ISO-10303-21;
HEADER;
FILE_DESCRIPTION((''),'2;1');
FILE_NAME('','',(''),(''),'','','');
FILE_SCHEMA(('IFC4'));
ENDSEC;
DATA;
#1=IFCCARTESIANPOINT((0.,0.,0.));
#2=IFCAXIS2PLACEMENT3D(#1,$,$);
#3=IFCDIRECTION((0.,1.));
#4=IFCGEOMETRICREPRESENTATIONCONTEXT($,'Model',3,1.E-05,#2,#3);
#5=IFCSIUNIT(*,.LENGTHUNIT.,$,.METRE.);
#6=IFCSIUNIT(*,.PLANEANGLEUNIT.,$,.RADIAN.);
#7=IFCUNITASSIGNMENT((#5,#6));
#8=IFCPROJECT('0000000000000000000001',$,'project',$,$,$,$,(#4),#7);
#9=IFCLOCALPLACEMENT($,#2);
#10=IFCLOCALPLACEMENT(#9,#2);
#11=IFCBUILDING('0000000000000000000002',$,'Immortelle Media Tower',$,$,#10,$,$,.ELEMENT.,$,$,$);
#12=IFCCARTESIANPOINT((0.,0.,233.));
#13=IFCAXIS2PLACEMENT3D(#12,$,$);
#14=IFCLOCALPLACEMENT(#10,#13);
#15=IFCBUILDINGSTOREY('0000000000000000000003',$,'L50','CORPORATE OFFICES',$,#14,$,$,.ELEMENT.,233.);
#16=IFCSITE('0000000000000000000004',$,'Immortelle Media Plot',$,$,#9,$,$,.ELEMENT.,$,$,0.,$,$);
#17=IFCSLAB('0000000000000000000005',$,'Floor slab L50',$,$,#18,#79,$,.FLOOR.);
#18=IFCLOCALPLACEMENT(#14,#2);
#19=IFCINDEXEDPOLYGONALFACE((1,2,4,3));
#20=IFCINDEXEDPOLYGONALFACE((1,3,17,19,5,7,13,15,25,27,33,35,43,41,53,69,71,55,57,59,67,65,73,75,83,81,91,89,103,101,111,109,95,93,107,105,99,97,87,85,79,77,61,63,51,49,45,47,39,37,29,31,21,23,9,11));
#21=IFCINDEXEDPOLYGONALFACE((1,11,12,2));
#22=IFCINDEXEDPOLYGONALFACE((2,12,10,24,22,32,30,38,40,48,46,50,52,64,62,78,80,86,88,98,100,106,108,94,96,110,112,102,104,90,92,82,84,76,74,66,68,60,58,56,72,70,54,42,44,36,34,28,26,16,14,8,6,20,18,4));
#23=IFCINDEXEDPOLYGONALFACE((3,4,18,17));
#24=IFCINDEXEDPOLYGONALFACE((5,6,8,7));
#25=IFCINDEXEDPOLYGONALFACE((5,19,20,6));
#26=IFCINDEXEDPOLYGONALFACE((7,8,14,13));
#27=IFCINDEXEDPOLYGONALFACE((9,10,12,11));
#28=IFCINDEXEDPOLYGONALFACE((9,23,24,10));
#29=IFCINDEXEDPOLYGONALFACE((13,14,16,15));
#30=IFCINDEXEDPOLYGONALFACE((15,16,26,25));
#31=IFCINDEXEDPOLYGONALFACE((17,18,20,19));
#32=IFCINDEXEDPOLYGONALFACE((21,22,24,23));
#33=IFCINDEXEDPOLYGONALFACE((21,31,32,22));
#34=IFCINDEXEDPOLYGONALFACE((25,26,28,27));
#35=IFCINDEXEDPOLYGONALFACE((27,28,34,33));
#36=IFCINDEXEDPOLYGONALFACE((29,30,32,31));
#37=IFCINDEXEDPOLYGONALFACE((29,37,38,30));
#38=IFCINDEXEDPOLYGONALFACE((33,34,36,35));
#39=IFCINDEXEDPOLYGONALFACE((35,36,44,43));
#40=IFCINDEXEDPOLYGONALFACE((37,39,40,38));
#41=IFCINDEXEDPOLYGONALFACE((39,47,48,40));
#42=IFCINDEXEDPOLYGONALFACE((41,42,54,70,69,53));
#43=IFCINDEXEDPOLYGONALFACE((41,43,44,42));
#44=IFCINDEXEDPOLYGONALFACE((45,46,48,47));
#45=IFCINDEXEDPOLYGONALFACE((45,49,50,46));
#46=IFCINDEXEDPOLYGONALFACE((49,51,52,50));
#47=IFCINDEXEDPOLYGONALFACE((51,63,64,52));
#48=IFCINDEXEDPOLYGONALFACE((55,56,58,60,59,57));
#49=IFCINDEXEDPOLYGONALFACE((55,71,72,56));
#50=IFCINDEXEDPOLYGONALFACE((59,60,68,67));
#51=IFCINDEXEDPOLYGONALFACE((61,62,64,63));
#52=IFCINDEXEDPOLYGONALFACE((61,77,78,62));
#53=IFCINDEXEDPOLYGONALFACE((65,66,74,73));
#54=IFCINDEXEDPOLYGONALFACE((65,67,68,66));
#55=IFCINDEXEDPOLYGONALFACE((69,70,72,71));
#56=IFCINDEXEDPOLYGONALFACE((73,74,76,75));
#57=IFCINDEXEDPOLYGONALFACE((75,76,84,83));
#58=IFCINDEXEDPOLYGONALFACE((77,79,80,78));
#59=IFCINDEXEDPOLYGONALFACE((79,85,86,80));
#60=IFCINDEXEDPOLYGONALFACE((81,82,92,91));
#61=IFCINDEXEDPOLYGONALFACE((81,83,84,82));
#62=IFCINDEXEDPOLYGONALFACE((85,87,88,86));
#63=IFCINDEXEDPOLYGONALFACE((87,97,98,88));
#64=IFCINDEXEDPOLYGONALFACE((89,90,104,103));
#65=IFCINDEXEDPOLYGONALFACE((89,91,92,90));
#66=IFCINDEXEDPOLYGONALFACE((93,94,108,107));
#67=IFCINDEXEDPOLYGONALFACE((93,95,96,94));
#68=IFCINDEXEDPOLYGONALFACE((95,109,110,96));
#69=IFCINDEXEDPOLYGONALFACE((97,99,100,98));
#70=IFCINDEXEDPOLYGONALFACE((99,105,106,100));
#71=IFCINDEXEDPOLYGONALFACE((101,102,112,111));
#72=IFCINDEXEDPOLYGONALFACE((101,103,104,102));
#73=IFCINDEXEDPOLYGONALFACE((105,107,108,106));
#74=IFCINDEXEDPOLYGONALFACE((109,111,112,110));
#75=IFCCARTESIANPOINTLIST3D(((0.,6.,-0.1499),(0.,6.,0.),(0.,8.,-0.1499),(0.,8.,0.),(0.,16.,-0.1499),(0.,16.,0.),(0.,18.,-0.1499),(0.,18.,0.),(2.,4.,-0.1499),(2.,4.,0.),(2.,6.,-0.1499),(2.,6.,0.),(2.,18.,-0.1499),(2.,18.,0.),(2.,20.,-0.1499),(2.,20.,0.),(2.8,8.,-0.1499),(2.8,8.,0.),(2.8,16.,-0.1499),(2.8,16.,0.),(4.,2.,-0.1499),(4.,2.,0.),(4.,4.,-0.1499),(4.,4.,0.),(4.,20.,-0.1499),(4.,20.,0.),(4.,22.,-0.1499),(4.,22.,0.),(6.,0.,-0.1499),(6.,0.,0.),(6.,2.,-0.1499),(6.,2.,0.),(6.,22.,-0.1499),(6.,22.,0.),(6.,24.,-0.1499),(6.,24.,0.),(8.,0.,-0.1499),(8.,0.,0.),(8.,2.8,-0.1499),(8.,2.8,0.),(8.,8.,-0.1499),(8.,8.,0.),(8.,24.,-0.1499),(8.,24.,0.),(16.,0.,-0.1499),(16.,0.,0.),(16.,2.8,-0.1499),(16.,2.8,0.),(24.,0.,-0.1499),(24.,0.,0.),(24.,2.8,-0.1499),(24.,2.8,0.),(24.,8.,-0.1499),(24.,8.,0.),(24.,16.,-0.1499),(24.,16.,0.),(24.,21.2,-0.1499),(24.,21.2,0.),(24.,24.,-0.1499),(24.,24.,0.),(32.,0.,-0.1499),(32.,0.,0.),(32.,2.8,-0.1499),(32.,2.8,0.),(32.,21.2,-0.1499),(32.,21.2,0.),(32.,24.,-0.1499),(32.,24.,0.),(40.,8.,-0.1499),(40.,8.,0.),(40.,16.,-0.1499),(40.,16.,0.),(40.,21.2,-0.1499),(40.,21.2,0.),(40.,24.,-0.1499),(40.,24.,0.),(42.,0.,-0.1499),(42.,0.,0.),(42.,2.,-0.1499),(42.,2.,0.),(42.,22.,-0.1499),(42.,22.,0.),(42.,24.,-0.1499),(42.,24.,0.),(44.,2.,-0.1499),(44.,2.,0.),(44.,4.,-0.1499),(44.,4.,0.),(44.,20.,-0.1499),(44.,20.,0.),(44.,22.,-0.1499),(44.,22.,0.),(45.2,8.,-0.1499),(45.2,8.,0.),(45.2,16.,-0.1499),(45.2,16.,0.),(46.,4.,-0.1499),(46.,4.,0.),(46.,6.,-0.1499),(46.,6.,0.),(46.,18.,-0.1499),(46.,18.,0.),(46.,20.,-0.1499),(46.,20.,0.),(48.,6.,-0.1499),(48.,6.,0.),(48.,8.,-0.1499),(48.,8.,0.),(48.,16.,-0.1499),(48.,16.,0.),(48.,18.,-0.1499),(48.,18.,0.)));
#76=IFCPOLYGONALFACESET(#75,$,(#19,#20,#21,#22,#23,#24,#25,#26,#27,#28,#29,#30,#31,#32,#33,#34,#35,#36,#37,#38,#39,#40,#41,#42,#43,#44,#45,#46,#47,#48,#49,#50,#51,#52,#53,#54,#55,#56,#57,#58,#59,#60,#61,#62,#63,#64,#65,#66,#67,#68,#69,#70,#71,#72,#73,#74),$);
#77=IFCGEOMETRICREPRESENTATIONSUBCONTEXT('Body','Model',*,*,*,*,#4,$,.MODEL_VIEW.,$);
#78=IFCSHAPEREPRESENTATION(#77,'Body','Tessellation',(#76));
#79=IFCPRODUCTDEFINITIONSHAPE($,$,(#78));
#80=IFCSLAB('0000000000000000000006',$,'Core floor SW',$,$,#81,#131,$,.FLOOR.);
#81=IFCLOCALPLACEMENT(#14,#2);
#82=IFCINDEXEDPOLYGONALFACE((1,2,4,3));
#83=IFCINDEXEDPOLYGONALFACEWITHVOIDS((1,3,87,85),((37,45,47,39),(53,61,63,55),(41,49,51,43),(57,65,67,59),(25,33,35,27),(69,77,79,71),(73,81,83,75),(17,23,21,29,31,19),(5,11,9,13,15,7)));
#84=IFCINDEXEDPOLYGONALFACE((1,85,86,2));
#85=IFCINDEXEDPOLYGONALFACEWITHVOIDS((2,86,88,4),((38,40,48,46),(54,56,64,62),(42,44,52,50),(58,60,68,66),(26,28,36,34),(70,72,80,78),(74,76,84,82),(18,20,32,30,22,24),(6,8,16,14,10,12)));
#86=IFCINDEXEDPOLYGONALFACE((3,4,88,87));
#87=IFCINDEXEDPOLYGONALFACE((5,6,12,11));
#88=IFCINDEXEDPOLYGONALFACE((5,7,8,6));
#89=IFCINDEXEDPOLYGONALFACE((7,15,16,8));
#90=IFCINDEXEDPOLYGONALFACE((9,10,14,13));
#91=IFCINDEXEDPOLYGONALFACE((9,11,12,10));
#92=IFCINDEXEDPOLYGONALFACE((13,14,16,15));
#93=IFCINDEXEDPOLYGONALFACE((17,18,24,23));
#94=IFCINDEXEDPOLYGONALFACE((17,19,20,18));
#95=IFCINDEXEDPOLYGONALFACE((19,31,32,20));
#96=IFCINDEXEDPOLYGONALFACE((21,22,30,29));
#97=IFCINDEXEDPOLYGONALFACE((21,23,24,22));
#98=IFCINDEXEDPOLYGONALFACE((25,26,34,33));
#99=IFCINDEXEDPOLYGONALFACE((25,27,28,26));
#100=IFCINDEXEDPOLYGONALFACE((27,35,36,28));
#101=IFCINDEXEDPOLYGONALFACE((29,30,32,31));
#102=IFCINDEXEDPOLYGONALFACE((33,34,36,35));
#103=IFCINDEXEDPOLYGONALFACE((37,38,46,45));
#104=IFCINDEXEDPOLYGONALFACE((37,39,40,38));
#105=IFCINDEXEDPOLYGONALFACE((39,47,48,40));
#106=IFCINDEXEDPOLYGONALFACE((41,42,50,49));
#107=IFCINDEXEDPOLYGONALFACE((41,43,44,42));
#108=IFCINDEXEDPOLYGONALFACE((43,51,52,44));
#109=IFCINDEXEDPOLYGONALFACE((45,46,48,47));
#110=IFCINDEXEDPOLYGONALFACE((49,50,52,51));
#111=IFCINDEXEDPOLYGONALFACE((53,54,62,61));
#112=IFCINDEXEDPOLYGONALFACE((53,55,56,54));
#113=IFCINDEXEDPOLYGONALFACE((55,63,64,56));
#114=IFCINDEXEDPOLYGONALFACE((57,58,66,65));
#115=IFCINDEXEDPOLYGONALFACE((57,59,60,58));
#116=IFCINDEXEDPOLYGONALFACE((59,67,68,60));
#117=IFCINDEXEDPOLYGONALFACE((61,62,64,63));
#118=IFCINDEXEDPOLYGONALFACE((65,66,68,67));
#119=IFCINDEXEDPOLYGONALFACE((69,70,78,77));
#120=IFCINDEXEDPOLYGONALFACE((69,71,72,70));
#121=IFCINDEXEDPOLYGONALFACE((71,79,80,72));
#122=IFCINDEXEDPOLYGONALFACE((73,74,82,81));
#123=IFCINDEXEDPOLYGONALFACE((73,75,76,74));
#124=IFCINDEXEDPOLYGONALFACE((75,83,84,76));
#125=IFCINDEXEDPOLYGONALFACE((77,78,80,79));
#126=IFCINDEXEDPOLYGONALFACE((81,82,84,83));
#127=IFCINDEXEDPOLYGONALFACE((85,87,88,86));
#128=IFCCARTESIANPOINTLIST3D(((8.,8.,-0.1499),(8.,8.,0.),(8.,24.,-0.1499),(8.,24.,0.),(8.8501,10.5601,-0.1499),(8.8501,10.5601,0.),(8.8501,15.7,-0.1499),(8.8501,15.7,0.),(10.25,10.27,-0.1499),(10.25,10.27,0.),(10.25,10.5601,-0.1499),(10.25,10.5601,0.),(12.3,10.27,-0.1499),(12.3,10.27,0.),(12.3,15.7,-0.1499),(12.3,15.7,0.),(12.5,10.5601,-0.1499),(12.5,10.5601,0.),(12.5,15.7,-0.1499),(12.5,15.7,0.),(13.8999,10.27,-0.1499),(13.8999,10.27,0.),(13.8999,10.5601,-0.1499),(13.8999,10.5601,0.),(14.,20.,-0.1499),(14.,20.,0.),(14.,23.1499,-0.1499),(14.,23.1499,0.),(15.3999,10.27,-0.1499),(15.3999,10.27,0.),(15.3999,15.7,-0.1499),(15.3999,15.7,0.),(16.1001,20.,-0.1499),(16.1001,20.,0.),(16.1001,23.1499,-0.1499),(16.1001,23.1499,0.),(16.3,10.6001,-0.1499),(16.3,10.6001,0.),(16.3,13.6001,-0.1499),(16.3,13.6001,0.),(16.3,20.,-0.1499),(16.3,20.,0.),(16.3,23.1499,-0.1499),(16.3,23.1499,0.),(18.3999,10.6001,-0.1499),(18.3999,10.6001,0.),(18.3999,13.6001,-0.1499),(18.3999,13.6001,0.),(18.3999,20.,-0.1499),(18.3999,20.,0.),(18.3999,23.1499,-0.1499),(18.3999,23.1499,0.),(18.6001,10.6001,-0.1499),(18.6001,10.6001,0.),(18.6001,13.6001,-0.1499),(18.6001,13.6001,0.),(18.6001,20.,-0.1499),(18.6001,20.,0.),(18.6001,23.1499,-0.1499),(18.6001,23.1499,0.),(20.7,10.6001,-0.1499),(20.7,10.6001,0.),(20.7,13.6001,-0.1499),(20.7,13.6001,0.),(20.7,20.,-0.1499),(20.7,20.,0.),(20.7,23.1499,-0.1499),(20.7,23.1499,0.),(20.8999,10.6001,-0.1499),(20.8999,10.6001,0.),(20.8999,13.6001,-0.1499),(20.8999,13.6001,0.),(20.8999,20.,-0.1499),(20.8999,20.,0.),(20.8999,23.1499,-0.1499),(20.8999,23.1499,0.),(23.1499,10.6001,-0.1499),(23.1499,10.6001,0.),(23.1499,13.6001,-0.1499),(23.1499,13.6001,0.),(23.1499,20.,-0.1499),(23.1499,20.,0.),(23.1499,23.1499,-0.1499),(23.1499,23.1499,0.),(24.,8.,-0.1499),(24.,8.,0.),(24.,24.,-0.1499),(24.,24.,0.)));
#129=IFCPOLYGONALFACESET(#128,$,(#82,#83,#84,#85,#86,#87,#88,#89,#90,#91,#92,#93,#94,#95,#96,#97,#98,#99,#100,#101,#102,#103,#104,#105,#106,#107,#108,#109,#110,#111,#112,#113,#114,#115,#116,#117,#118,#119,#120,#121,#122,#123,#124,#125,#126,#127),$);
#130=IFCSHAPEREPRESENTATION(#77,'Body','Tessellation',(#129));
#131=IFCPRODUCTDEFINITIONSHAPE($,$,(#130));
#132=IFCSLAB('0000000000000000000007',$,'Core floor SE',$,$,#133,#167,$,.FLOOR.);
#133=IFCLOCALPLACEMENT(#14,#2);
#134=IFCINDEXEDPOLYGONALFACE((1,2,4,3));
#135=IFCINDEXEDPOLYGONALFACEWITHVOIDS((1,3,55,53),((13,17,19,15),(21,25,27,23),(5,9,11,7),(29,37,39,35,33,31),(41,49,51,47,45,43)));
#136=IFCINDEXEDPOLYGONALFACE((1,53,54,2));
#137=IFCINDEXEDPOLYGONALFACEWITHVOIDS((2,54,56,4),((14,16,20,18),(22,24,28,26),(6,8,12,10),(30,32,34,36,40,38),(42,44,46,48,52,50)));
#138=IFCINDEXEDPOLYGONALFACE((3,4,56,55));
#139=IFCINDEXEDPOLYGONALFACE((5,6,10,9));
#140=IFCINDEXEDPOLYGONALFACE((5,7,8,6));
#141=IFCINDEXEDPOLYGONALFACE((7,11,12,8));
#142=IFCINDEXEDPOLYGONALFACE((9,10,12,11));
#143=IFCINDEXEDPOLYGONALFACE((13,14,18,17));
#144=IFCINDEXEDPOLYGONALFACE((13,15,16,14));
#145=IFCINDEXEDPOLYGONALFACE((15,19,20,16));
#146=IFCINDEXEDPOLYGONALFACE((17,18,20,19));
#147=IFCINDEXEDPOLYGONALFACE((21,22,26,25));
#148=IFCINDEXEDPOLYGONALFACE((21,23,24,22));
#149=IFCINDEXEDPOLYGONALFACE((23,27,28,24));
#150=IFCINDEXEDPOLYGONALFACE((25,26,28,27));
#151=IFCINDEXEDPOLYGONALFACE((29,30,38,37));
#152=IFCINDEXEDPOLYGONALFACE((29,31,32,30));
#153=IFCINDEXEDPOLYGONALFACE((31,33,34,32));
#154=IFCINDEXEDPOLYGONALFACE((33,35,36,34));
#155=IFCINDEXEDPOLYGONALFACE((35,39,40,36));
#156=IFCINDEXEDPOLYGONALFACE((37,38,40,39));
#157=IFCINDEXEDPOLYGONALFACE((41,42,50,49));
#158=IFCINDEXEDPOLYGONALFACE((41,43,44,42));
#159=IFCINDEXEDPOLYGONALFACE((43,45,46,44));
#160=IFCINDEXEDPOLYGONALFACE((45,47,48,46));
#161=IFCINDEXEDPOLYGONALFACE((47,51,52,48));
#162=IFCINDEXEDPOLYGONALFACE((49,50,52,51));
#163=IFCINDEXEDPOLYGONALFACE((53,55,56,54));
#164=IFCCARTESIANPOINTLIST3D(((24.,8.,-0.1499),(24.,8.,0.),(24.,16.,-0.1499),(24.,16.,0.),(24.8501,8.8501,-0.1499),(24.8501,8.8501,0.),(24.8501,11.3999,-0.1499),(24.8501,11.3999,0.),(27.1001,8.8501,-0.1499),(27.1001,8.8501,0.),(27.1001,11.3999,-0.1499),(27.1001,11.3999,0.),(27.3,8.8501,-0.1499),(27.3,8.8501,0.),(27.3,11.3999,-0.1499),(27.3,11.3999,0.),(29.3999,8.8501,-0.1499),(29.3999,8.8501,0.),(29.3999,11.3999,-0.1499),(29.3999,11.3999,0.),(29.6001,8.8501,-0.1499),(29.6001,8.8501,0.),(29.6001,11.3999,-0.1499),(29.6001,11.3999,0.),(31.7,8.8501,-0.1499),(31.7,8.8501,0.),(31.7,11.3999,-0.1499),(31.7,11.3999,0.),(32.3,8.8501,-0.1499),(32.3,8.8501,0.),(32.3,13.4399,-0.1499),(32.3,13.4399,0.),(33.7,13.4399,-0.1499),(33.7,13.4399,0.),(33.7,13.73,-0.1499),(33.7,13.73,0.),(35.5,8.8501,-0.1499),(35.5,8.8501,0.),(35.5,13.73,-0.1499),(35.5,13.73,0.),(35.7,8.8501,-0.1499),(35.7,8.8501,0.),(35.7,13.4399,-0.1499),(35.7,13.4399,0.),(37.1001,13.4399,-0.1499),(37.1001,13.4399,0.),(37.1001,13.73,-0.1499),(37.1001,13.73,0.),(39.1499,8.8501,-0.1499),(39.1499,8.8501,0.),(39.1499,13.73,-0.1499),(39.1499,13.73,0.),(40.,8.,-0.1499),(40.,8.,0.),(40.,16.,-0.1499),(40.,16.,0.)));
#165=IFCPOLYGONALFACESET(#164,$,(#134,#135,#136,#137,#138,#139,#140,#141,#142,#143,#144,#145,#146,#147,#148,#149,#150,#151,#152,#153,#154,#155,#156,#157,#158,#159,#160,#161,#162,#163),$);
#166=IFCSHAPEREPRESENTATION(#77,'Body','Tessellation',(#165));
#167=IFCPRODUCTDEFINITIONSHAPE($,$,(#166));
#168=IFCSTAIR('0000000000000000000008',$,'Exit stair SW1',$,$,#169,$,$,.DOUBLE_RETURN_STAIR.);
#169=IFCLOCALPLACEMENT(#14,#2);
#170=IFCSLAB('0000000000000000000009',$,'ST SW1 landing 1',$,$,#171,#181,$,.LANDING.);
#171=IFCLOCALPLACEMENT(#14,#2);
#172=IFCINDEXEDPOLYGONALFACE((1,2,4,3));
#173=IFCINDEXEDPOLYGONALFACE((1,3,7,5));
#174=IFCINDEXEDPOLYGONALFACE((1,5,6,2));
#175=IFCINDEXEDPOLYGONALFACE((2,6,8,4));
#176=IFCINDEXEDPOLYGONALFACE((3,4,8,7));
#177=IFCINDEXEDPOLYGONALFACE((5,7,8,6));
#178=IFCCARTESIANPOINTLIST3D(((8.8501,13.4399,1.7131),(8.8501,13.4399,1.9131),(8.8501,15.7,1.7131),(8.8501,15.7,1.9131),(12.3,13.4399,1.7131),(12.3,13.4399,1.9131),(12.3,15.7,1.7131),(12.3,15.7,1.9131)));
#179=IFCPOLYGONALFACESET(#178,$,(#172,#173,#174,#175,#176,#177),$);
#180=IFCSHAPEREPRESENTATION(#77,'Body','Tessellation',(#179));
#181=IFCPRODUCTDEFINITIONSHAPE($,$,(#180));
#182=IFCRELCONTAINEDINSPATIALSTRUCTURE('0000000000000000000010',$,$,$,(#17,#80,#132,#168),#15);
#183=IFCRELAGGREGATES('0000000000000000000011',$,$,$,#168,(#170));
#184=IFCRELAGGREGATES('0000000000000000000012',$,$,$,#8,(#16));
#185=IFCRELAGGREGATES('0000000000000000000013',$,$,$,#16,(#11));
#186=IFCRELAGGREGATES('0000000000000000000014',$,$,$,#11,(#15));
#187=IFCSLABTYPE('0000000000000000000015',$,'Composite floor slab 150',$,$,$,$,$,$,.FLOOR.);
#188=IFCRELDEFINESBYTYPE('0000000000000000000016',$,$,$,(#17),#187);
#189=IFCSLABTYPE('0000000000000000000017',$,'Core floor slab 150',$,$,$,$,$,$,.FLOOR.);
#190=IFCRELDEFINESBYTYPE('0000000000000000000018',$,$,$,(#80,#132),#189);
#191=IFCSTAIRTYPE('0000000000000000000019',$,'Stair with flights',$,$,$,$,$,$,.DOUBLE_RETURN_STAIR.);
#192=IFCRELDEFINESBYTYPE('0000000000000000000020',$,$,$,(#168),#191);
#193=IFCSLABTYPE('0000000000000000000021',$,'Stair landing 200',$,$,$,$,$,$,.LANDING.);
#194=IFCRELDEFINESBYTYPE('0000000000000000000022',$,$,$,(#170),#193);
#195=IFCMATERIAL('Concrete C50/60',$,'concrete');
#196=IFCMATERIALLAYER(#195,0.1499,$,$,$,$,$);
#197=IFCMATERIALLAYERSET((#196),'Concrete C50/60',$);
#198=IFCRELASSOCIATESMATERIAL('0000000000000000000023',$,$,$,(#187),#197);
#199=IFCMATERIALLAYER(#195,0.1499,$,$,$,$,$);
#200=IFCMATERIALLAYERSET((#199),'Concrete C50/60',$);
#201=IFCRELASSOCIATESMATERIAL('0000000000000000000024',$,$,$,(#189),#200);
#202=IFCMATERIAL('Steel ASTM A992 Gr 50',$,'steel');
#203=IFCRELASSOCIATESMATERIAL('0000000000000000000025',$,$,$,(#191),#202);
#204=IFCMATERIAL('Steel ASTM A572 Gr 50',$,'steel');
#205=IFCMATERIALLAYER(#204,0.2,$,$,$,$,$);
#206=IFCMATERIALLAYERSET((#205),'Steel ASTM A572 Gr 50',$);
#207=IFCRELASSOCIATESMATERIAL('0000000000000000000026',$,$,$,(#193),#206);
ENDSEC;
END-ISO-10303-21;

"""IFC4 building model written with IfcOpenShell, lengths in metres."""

from ifc_helpers import new_model, si_unit, direction, frame, origin, place, context, subcontext, project, spatial, polyline, outline, extrude, material, layer, layer_set, type_object, element, aggregate, save


model = new_model("IFC4")

# Units and contexts
model_context = context("Model", 3, precision=1e-05, world=origin(), true_north=direction((0.0, 1.0)))
body_context = subcontext(model_context, "Body", "Model", "MODEL_VIEW")
ifc_project = project(units=[si_unit("LENGTHUNIT", "METRE"), si_unit("PLANEANGLEUNIT", "RADIAN")], contexts=[model_context])

# Site, building, storey
site_placement = place(None, origin())
site = spatial("IfcSite", under=ifc_project, at=site_placement, Name="Immortelle Media Plot", CompositionType="ELEMENT", RefElevation=0.0)
building_placement = place(site_placement, origin())
building = spatial("IfcBuilding", under=site, at=building_placement, Name="Immortelle Media Tower", CompositionType="ELEMENT")
storey_placement = place(building_placement, frame((0.0, 0.0, 233.0)))
storey = spatial("IfcBuildingStorey", under=building, at=storey_placement, Name="L50", Description="CORPORATE OFFICES", CompositionType="ELEMENT", Elevation=233.0)

# Shared definitions
ifc_material_1 = material(Name="Steel ASTM A992 Gr 50", Category="steel")

# Slabs
ifc_material_2 = material(Name="Concrete C50/60", Category="concrete")
ifc_layer_1 = layer(ifc_material_2, 0.1499)
ifc_layer_set_1 = layer_set([ifc_layer_1], Name="Concrete C50/60")
slab_type_1 = type_object("IfcSlabType", Name="Composite floor slab 150", PredefinedType="FLOOR", material=ifc_layer_set_1)
slab_1_placement = place(storey_placement, frame((0.0, 0.0, -0.1499)))
element("IfcSlab", 1, at=slab_1_placement, inside=storey, type_object=slab_type_1, Name="Floor slab L50", PredefinedType="FLOOR", context=body_context, shape_type="SweptSolid", body=[
    extrude(outline(polyline([(6.0, 0.0), (6.0, 2.0), (4.0, 2.0), (4.0, 4.0), (2.0, 4.0), (2.0, 6.0), (0.0, 6.0), (0.0, 8.0), (2.8, 8.0), (2.8, 16.0), (0.0, 16.0), (0.0, 18.0), (2.0, 18.0), (2.0, 20.0), (4.0, 20.0), (4.0, 22.0), (6.0, 22.0), (6.0, 24.0), (8.0, 24.0), (8.0, 8.0), (24.0, 8.0), (40.0, 8.0), (40.0, 16.0), (24.0, 16.0), (24.0, 21.2), (24.0, 24.0), (32.0, 24.0), (32.0, 21.2), (40.0, 21.2), (40.0, 24.0), (42.0, 24.0), (42.0, 22.0), (44.0, 22.0), (44.0, 20.0), (46.0, 20.0), (46.0, 18.0), (48.0, 18.0), (48.0, 16.0), (45.2, 16.0), (45.2, 8.0), (48.0, 8.0), (48.0, 6.0), (46.0, 6.0), (46.0, 4.0), (44.0, 4.0), (44.0, 2.0), (42.0, 2.0), (42.0, 0.0), (32.0, 0.0), (32.0, 2.8), (24.0, 2.8), (24.0, 0.0), (16.0, 0.0), (16.0, 2.8), (8.0, 2.8), (8.0, 0.0), (6.0, 0.0)])), origin(), (0.0, 0.0, 1.0), 0.1499),
])
ifc_layer_2 = layer(ifc_material_2, 0.1499)
ifc_layer_set_2 = layer_set([ifc_layer_2], Name="Concrete C50/60")
slab_type_2 = type_object("IfcSlabType", Name="Core floor slab 150", PredefinedType="FLOOR", material=ifc_layer_set_2)
slab_2_placement = place(storey_placement, frame((0.0, 0.0, -0.1499)))
element("IfcSlab", 2, at=slab_2_placement, inside=storey, type_object=slab_type_2, Name="Core floor SW", PredefinedType="FLOOR", context=body_context, shape_type="SweptSolid", body=[
    extrude(outline(polyline([(8.0, 8.0), (24.0, 8.0), (24.0, 24.0), (8.0, 24.0), (8.0, 8.0)]), holes=[polyline([(14.0, 20.0), (16.1001, 20.0), (16.1001, 23.1499), (14.0, 23.1499), (14.0, 20.0)]), polyline([(16.3, 20.0), (18.3999, 20.0), (18.3999, 23.1499), (16.3, 23.1499), (16.3, 20.0)]), polyline([(18.6001, 20.0), (20.7, 20.0), (20.7, 23.1499), (18.6001, 23.1499), (18.6001, 20.0)]), polyline([(20.8999, 20.0), (23.1499, 20.0), (23.1499, 23.1499), (20.8999, 23.1499), (20.8999, 20.0)]), polyline([(16.3, 10.6001), (18.3999, 10.6001), (18.3999, 13.6001), (16.3, 13.6001), (16.3, 10.6001)]), polyline([(18.6001, 10.6001), (20.7, 10.6001), (20.7, 13.6001), (18.6001, 13.6001), (18.6001, 10.6001)]), polyline([(20.8999, 10.6001), (23.1499, 10.6001), (23.1499, 13.6001), (20.8999, 13.6001), (20.8999, 10.6001)]), polyline([(8.8501, 15.7), (12.3, 15.7), (12.3, 10.27), (10.25, 10.27), (10.25, 10.5601), (8.8501, 10.5601), (8.8501, 15.7)]), polyline([(12.5, 15.7), (15.3999, 15.7), (15.3999, 10.27), (13.8999, 10.27), (13.8999, 10.5601), (12.5, 10.5601), (12.5, 15.7)])]), origin(), (0.0, 0.0, 1.0), 0.1499),
])
slab_3_placement = place(storey_placement, frame((0.0, 0.0, -0.1499)))
element("IfcSlab", 3, at=slab_3_placement, inside=storey, type_object=slab_type_2, Name="Core floor SE", PredefinedType="FLOOR", context=body_context, shape_type="SweptSolid", body=[
    extrude(outline(polyline([(24.0, 8.0), (40.0, 8.0), (40.0, 16.0), (24.0, 16.0), (24.0, 8.0)]), holes=[polyline([(24.8501, 8.8501), (27.1001, 8.8501), (27.1001, 11.3999), (24.8501, 11.3999), (24.8501, 8.8501)]), polyline([(27.3, 8.8501), (29.3999, 8.8501), (29.3999, 11.3999), (27.3, 11.3999), (27.3, 8.8501)]), polyline([(29.6001, 8.8501), (31.7, 8.8501), (31.7, 11.3999), (29.6001, 11.3999), (29.6001, 8.8501)]), polyline([(35.5, 13.73), (35.5, 8.8501), (32.3, 8.8501), (32.3, 13.4399), (33.7, 13.4399), (33.7, 13.73), (35.5, 13.73)]), polyline([(39.1499, 13.73), (39.1499, 8.8501), (35.7, 8.8501), (35.7, 13.4399), (37.1001, 13.4399), (37.1001, 13.73), (39.1499, 13.73)])]), origin(), (0.0, 0.0, 1.0), 0.1499),
])

# Stair, slab
stair_type = type_object("IfcStairType", Name="Stair with flights", PredefinedType="DOUBLE_RETURN_STAIR", material=ifc_material_1)
stair_1_placement = place(storey_placement, origin())
stair_1 = element("IfcStair", 4, at=stair_1_placement, inside=storey, type_object=stair_type, Name="Exit stair SW1", PredefinedType="DOUBLE_RETURN_STAIR")
ifc_material_3 = material(Name="Steel ASTM A572 Gr 50", Category="steel")
ifc_layer_3 = layer(ifc_material_3, 0.2)
ifc_layer_set_3 = layer_set([ifc_layer_3], Name="Steel ASTM A572 Gr 50")
slab_type_3 = type_object("IfcSlabType", Name="Stair landing 200", PredefinedType="LANDING", material=ifc_layer_set_3)
slab_4_placement = place(storey_placement, frame((0.0, 0.0, 1.7131)))
slab_4 = element("IfcSlab", 5, at=slab_4_placement, type_object=slab_type_3, Name="ST SW1 landing 1", PredefinedType="LANDING", context=body_context, shape_type="SweptSolid", body=[
    extrude(outline(polyline([(8.8501, 13.4399), (12.3, 13.4399), (12.3, 15.7), (8.8501, 15.7), (8.8501, 13.4399)])), origin(), (0.0, 0.0, 1.0), 0.2),
])
aggregate(stair_1, [slab_4])

save(model, "model.ifc")
